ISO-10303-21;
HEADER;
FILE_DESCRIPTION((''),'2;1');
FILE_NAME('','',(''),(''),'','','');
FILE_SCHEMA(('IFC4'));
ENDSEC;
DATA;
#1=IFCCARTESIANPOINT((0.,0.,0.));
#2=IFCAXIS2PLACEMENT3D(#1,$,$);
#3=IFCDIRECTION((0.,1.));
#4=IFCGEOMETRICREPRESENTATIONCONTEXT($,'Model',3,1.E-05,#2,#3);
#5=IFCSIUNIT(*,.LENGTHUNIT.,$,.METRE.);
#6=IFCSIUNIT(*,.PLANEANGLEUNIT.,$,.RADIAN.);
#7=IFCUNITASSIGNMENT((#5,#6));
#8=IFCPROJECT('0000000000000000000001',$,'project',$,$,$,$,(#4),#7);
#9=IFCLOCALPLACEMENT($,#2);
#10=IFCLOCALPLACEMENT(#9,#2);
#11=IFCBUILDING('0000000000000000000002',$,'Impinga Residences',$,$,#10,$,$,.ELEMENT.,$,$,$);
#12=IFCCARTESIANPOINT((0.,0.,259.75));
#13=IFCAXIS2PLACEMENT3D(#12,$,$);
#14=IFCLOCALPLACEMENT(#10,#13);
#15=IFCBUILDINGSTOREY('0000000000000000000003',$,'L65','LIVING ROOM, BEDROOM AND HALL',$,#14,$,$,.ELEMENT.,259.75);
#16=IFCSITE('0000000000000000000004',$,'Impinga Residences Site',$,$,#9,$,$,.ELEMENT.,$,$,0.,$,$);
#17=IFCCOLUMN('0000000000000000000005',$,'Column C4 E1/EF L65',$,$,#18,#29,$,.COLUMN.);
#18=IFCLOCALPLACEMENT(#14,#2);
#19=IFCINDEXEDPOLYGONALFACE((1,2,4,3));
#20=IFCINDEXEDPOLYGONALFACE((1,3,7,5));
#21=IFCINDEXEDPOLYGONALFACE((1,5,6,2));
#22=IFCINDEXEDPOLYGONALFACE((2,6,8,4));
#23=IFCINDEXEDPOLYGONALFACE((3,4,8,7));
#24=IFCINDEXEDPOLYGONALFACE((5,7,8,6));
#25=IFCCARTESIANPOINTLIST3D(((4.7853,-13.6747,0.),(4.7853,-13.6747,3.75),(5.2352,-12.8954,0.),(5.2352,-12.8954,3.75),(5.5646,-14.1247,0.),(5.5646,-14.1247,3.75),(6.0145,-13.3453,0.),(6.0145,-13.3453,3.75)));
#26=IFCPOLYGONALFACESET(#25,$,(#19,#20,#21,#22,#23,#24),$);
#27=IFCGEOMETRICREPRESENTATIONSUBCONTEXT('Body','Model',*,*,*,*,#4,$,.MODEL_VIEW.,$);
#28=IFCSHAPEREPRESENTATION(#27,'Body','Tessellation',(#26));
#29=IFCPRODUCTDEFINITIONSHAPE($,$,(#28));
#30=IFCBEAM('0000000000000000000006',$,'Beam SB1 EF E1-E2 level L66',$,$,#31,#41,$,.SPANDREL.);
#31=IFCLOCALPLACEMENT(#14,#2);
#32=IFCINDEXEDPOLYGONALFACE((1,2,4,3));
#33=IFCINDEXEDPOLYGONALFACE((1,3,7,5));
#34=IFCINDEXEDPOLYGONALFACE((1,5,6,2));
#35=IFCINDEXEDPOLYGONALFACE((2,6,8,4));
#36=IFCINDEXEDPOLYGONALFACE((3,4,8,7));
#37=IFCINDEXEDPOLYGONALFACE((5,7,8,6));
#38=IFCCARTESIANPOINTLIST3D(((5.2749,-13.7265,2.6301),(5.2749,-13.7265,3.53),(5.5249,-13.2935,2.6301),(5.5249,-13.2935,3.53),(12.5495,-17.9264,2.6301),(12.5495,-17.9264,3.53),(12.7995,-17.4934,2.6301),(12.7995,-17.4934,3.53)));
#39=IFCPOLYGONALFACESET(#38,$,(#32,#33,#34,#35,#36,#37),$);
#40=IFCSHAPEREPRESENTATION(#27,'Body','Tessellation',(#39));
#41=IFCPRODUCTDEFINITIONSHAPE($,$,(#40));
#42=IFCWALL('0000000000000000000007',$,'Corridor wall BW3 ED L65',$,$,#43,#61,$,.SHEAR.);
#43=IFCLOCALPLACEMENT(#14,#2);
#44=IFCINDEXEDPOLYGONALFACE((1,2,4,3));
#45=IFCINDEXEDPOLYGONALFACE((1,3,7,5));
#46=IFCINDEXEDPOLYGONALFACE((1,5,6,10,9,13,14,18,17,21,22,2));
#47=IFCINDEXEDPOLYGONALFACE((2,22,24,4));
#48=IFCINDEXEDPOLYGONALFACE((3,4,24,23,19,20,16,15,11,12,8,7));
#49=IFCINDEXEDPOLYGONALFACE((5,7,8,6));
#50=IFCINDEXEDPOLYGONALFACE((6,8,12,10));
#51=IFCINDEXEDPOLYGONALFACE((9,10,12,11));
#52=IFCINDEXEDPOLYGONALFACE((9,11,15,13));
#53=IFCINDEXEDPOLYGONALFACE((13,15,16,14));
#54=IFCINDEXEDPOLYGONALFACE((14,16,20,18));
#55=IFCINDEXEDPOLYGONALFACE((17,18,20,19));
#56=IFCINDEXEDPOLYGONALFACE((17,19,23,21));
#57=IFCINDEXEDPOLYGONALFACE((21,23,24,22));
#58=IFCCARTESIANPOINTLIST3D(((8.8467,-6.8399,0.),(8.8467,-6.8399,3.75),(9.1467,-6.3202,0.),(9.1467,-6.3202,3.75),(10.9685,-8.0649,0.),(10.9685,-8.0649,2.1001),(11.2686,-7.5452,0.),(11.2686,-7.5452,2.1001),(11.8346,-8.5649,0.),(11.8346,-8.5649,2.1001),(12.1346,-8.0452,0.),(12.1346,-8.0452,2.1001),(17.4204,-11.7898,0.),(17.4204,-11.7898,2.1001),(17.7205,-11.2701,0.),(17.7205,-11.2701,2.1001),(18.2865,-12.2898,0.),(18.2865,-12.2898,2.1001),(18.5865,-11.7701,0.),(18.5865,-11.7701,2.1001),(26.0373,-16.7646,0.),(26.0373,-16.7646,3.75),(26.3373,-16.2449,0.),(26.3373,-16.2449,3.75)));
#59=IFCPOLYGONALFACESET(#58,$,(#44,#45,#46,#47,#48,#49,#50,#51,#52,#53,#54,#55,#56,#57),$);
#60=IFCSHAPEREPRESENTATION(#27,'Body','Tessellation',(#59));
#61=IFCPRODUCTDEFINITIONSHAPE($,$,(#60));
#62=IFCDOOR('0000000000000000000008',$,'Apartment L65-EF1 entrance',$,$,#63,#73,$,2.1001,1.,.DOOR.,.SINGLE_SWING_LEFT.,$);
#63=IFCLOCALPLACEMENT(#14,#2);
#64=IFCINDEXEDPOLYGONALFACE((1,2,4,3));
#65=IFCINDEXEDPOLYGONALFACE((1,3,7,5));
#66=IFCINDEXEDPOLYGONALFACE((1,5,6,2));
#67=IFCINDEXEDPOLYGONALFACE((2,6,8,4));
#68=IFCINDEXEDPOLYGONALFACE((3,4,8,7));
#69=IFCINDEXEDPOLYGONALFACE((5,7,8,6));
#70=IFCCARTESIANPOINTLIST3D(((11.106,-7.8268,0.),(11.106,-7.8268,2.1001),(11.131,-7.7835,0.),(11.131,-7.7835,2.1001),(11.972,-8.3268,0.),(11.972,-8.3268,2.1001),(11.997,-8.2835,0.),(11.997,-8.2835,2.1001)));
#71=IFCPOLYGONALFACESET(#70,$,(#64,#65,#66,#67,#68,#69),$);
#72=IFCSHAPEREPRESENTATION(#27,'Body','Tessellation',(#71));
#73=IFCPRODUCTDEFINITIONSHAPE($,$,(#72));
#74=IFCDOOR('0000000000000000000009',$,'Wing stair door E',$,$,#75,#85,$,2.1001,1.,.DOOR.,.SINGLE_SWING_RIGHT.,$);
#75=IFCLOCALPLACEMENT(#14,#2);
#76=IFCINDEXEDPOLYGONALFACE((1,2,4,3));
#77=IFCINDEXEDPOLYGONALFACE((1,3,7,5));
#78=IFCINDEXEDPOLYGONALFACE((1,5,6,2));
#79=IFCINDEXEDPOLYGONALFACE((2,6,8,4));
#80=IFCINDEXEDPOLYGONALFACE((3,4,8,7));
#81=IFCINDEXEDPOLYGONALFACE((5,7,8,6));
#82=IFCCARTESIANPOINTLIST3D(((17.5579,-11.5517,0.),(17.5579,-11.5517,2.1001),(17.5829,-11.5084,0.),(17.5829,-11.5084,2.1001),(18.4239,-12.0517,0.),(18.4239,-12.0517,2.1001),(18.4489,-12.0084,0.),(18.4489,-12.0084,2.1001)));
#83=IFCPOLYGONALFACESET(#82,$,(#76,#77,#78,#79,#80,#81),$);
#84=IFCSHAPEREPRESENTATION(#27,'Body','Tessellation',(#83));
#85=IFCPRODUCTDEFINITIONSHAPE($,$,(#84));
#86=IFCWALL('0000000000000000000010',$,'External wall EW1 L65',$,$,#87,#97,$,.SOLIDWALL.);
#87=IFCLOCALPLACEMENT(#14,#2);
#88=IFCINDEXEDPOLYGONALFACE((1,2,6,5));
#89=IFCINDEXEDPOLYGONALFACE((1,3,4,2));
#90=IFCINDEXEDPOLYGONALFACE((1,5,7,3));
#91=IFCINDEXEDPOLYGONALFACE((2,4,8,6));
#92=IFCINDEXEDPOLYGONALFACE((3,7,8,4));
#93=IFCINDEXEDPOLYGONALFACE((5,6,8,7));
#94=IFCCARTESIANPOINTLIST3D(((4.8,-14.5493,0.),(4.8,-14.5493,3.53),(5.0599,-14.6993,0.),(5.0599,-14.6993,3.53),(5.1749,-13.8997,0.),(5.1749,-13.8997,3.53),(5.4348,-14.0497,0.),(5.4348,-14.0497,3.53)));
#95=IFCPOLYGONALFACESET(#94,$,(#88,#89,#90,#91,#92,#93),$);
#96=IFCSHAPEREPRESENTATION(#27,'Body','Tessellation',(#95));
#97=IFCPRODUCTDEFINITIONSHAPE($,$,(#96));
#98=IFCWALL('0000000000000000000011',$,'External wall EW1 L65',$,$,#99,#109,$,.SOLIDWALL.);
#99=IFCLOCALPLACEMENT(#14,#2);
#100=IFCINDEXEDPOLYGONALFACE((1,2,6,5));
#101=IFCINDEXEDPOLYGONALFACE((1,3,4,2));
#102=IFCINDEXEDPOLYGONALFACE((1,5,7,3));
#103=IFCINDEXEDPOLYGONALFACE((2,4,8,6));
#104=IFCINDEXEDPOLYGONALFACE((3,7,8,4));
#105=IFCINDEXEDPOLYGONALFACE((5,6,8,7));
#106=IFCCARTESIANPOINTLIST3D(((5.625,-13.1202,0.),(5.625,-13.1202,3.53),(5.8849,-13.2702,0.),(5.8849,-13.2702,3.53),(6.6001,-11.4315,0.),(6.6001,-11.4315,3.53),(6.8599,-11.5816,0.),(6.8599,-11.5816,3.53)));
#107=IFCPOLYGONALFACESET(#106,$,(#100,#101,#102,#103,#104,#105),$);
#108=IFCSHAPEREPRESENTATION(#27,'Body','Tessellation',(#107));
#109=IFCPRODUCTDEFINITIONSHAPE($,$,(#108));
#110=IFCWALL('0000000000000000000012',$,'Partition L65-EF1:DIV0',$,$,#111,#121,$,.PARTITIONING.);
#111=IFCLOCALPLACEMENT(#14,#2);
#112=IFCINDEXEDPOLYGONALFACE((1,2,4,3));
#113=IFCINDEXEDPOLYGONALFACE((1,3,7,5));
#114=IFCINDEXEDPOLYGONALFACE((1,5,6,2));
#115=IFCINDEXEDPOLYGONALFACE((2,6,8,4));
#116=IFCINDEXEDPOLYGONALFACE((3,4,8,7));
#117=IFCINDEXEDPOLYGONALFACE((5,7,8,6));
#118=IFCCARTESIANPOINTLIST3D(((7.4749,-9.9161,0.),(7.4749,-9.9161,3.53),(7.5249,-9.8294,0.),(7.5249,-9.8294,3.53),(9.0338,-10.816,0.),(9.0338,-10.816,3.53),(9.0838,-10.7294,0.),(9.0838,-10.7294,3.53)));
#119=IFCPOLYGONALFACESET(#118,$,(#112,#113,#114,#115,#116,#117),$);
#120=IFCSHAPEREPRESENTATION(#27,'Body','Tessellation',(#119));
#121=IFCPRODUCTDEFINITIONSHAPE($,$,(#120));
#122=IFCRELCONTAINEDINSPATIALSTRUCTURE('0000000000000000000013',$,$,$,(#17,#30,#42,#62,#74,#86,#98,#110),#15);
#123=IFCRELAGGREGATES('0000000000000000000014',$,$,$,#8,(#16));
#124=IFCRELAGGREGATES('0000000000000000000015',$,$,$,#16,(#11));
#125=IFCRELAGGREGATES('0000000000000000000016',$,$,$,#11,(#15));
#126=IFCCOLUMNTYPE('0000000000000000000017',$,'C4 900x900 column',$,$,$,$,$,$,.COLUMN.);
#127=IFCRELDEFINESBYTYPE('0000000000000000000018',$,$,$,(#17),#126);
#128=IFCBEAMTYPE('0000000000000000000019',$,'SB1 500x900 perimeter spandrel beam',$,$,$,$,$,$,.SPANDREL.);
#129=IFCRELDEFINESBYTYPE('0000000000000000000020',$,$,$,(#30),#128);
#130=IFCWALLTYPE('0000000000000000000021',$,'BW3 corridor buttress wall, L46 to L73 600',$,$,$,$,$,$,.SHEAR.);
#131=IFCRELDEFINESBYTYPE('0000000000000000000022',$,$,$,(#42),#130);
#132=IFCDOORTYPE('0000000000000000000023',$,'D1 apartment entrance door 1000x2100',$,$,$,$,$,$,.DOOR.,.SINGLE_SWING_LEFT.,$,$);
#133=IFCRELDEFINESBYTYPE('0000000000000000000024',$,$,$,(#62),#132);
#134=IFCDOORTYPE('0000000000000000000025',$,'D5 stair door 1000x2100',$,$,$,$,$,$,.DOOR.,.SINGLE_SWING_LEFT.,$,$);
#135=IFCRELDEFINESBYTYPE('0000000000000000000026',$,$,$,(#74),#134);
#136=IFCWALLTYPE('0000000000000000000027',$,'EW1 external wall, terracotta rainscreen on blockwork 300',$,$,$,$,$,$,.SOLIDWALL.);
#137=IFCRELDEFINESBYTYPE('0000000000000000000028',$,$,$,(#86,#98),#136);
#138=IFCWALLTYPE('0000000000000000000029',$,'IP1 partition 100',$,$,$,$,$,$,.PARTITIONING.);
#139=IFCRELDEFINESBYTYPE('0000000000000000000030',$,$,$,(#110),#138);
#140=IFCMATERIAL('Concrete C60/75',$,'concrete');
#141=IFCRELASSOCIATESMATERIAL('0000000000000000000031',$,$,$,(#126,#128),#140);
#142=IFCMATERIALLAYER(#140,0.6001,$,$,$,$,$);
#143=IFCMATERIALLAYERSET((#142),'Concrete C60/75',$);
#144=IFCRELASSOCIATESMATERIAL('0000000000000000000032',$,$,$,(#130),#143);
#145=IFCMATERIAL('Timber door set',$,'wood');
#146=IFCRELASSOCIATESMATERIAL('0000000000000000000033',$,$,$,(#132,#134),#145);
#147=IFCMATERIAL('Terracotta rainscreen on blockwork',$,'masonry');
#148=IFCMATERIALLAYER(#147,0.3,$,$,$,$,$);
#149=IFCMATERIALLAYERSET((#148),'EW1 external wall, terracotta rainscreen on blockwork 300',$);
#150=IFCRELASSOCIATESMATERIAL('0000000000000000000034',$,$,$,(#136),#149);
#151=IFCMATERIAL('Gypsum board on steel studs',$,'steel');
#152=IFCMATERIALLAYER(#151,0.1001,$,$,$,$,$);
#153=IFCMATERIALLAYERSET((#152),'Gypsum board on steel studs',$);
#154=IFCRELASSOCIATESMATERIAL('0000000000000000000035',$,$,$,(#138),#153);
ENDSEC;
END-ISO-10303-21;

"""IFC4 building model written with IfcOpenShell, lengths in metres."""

from ifc_helpers import new_model, si_unit, direction, frame, frame_2d, origin, origin_2d, place, context, subcontext, project, spatial, rectangle, extrude, material, layer, layer_set, material_profile, profile_set, type_object, element, fill, save


model = new_model("IFC4")

# Units and contexts
model_context = context("Model", 3, precision=1e-05, world=origin(), true_north=direction((0.0, 1.0)))
body_context = subcontext(model_context, "Body", "Model", "MODEL_VIEW")
ifc_project = project(units=[si_unit("LENGTHUNIT", "METRE"), si_unit("PLANEANGLEUNIT", "RADIAN")], contexts=[model_context])

# Site, building, storey
site_placement = place(None, origin())
site = spatial("IfcSite", under=ifc_project, at=site_placement, Name="Impinga Residences Site", CompositionType="ELEMENT", RefElevation=0.0)
building_placement = place(site_placement, origin())
building = spatial("IfcBuilding", under=site, at=building_placement, Name="Impinga Residences", CompositionType="ELEMENT")
storey_placement = place(building_placement, frame((0.0, 0.0, 259.75)))
storey = spatial("IfcBuildingStorey", under=building, at=storey_placement, Name="L65", Description="LIVING ROOM, BEDROOM AND HALL", CompositionType="ELEMENT", Elevation=259.75)

# Column
ifc_material_1 = material(Name="Concrete C60/75", Category="concrete")
ifc_material_profile_1 = material_profile(ifc_material_1, rectangle(XDim=0.8999, YDim=0.8999, at=origin_2d()), Name="RC 900x900")
ifc_profile_set_1 = profile_set([ifc_material_profile_1], Name="Concrete C60/75")
column_type = type_object("IfcColumnType", Name="C4 900x900 column", PredefinedType="COLUMN", material=ifc_profile_set_1)
column_placement = place(storey_placement, frame((5.3999, -13.51, 0.0), z_axis=(0.0, 0.0, 1.0), x_axis=(-0.5, -0.866025, 0.0)))
element("IfcColumn", 1, at=column_placement, inside=storey, type_object=column_type, Name="Column C4 E1/EF L65", PredefinedType="COLUMN", context=body_context, shape_type="SweptSolid", body=[
    extrude(rectangle(XDim=0.8999, YDim=0.8999, at=origin_2d()), origin(), (0.0, 0.0, 1.0), 3.75),
])

# Beam
ifc_material_profile_2 = material_profile(ifc_material_1, rectangle(XDim=0.5, YDim=0.8999, at=origin_2d()), Name="RC 500x900")
ifc_profile_set_2 = profile_set([ifc_material_profile_2], Name="Concrete C60/75")
beam_type = type_object("IfcBeamType", Name="SB1 500x900 perimeter spandrel beam", PredefinedType="SPANDREL", material=ifc_profile_set_2)
beam_placement = place(storey_placement, frame((5.3999, -13.51, 3.0801), z_axis=(0.866029, -0.499993, 0.0), x_axis=(0.499993, 0.866029, 0.0)))
element("IfcBeam", 2, at=beam_placement, inside=storey, type_object=beam_type, Name="Beam SB1 EF E1-E2 level L66", PredefinedType="SPANDREL", context=body_context, shape_type="SweptSolid", body=[
    extrude(rectangle(XDim=0.5, YDim=0.8999, at=origin_2d()), origin(), (0.0, 0.0, 1.0), 8.3999),
])

# Wall, openings, doors
ifc_layer_1 = layer(ifc_material_1, 0.6001)
ifc_layer_set_1 = layer_set([ifc_layer_1], Name="Concrete C60/75")
wall_type_1 = type_object("IfcWallType", Name="BW3 corridor buttress wall, L46 to L73 600", PredefinedType="SHEAR", material=ifc_layer_set_1)
wall_1_placement = place(storey_placement, frame((8.9968, -6.5801, 0.0), z_axis=(0.0, 0.0, 1.0), x_axis=(0.866031, -0.499991, 0.0)))
wall_1 = element("IfcWall", 3, at=wall_1_placement, inside=storey, type_object=wall_type_1, Name="Corridor wall BW3 ED L65", PredefinedType="SHEAR", context=body_context, shape_type="SweptSolid", body=[
    extrude(rectangle(XDim=19.8499, YDim=0.6001, at=frame_2d((9.9248, 0.0))), origin(), (0.0, 0.0, 1.0), 3.75),
])
opening_1_placement = place(wall_1_placement, frame((9.8999, 0.0, 0.0)))
opening_1 = element("IfcOpeningElement", 4, at=opening_1_placement, cuts=wall_1, PredefinedType="OPENING", context=body_context, shape_type="SweptSolid", body=[
    extrude(rectangle(XDim=1.0, YDim=2.1001, at=frame_2d((0.5, 1.05))), frame((0.0, 0.3101, 0.0), z_axis=(0.0, -1.0, 0.0), x_axis=(1.0, 0.0, 0.0)), (0.0, 0.0, 1.0), 0.6201),
])
opening_2_placement = place(wall_1_placement, frame((2.45, 0.0, 0.0)))
opening_2 = element("IfcOpeningElement", 5, at=opening_2_placement, cuts=wall_1, PredefinedType="OPENING", context=body_context, shape_type="SweptSolid", body=[
    extrude(rectangle(XDim=1.0, YDim=2.1001, at=frame_2d((0.5, 1.05))), frame((0.0, 0.3101, 0.0), z_axis=(0.0, -1.0, 0.0), x_axis=(1.0, 0.0, 0.0)), (0.0, 0.0, 1.0), 0.6201),
])
ifc_material_2 = material(Name="Timber door set", Category="wood")
door_type_1 = type_object("IfcDoorType", Name="D1 apartment entrance door 1000x2100", OperationType="SINGLE_SWING_LEFT", PredefinedType="DOOR", material=ifc_material_2)
door_1_placement = place(opening_2_placement, origin())
door_1 = element("IfcDoor", 6, at=door_1_placement, inside=storey, type_object=door_type_1, Name="Apartment L65-EF1 entrance", OperationType="SINGLE_SWING_LEFT", OverallHeight=2.1001, OverallWidth=1.0, PredefinedType="DOOR", context=body_context, shape_type="SweptSolid", body=[
    extrude(rectangle(XDim=1.0, YDim=2.1001, at=frame_2d((0.5, 1.05))), frame((0.0, 0.0249, 0.0), z_axis=(0.0, -1.0, 0.0), x_axis=(1.0, 0.0, 0.0)), (0.0, 0.0, 1.0), 0.05),
])
fill(opening_2, door_1)
door_type_2 = type_object("IfcDoorType", Name="D5 stair door 1000x2100", OperationType="SINGLE_SWING_LEFT", PredefinedType="DOOR", material=ifc_material_2)
door_2_placement = place(opening_1_placement, origin())
door_2 = element("IfcDoor", 7, at=door_2_placement, inside=storey, type_object=door_type_2, Name="Wing stair door E", OperationType="SINGLE_SWING_RIGHT", OverallHeight=2.1001, OverallWidth=1.0, PredefinedType="DOOR", context=body_context, shape_type="SweptSolid", body=[
    extrude(rectangle(XDim=1.0, YDim=2.1001, at=frame_2d((0.5, 1.05))), frame((0.0, 0.0249, 0.0), z_axis=(0.0, -1.0, 0.0), x_axis=(1.0, 0.0, 0.0)), (0.0, 0.0, 1.0), 0.05),
])
fill(opening_1, door_2)

# Walls
ifc_material_3 = material(Name="Terracotta rainscreen on blockwork", Category="masonry")
ifc_layer_2 = layer(ifc_material_3, 0.3)
ifc_layer_set_2 = layer_set([ifc_layer_2], Name="EW1 external wall, terracotta rainscreen on blockwork 300")
wall_type_2 = type_object("IfcWallType", Name="EW1 external wall, terracotta rainscreen on blockwork 300", PredefinedType="SOLIDWALL", material=ifc_layer_set_2)
wall_2_placement = place(storey_placement, frame((4.9299, -14.6243, 0.0), z_axis=(0.0, 0.0, 1.0), x_axis=(0.49992, 0.866072, 0.0)))
element("IfcWall", 8, at=wall_2_placement, inside=storey, type_object=wall_type_2, Name="External wall EW1 L65", PredefinedType="SOLIDWALL", context=body_context, shape_type="SweptSolid", body=[
    extrude(rectangle(XDim=0.75, YDim=0.3, at=frame_2d((0.375, 0.0))), origin(), (0.0, 0.0, 1.0), 3.53),
])
wall_3_placement = place(storey_placement, frame((5.7549, -13.1953, 0.0), z_axis=(0.0, 0.0, 1.0), x_axis=(0.500044, 0.866, 0.0)))
element("IfcWall", 9, at=wall_3_placement, inside=storey, type_object=wall_type_2, Name="External wall EW1 L65", PredefinedType="SOLIDWALL", context=body_context, shape_type="SweptSolid", body=[
    extrude(rectangle(XDim=1.95, YDim=0.3, at=frame_2d((0.9751, 0.0))), origin(), (0.0, 0.0, 1.0), 3.53),
])
ifc_material_4 = material(Name="Gypsum board on steel studs", Category="steel")
ifc_layer_3 = layer(ifc_material_4, 0.1001)
ifc_layer_set_3 = layer_set([ifc_layer_3], Name="Gypsum board on steel studs")
wall_type_3 = type_object("IfcWallType", Name="IP1 partition 100", PredefinedType="PARTITIONING", material=ifc_layer_set_3)
wall_4_placement = place(storey_placement, frame((7.5, -9.8728, 0.0), z_axis=(0.0, 0.0, 1.0), x_axis=(0.866048, -0.499961, 0.0)))
element("IfcWall", 10, at=wall_4_placement, inside=storey, type_object=wall_type_3, Name="Partition L65-EF1:DIV0", PredefinedType="PARTITIONING", context=body_context, shape_type="SweptSolid", body=[
    extrude(rectangle(XDim=1.8, YDim=0.1001, at=frame_2d((0.8999, 0.0))), origin(), (0.0, 0.0, 1.0), 3.53),
])

save(model, "model.ifc")
